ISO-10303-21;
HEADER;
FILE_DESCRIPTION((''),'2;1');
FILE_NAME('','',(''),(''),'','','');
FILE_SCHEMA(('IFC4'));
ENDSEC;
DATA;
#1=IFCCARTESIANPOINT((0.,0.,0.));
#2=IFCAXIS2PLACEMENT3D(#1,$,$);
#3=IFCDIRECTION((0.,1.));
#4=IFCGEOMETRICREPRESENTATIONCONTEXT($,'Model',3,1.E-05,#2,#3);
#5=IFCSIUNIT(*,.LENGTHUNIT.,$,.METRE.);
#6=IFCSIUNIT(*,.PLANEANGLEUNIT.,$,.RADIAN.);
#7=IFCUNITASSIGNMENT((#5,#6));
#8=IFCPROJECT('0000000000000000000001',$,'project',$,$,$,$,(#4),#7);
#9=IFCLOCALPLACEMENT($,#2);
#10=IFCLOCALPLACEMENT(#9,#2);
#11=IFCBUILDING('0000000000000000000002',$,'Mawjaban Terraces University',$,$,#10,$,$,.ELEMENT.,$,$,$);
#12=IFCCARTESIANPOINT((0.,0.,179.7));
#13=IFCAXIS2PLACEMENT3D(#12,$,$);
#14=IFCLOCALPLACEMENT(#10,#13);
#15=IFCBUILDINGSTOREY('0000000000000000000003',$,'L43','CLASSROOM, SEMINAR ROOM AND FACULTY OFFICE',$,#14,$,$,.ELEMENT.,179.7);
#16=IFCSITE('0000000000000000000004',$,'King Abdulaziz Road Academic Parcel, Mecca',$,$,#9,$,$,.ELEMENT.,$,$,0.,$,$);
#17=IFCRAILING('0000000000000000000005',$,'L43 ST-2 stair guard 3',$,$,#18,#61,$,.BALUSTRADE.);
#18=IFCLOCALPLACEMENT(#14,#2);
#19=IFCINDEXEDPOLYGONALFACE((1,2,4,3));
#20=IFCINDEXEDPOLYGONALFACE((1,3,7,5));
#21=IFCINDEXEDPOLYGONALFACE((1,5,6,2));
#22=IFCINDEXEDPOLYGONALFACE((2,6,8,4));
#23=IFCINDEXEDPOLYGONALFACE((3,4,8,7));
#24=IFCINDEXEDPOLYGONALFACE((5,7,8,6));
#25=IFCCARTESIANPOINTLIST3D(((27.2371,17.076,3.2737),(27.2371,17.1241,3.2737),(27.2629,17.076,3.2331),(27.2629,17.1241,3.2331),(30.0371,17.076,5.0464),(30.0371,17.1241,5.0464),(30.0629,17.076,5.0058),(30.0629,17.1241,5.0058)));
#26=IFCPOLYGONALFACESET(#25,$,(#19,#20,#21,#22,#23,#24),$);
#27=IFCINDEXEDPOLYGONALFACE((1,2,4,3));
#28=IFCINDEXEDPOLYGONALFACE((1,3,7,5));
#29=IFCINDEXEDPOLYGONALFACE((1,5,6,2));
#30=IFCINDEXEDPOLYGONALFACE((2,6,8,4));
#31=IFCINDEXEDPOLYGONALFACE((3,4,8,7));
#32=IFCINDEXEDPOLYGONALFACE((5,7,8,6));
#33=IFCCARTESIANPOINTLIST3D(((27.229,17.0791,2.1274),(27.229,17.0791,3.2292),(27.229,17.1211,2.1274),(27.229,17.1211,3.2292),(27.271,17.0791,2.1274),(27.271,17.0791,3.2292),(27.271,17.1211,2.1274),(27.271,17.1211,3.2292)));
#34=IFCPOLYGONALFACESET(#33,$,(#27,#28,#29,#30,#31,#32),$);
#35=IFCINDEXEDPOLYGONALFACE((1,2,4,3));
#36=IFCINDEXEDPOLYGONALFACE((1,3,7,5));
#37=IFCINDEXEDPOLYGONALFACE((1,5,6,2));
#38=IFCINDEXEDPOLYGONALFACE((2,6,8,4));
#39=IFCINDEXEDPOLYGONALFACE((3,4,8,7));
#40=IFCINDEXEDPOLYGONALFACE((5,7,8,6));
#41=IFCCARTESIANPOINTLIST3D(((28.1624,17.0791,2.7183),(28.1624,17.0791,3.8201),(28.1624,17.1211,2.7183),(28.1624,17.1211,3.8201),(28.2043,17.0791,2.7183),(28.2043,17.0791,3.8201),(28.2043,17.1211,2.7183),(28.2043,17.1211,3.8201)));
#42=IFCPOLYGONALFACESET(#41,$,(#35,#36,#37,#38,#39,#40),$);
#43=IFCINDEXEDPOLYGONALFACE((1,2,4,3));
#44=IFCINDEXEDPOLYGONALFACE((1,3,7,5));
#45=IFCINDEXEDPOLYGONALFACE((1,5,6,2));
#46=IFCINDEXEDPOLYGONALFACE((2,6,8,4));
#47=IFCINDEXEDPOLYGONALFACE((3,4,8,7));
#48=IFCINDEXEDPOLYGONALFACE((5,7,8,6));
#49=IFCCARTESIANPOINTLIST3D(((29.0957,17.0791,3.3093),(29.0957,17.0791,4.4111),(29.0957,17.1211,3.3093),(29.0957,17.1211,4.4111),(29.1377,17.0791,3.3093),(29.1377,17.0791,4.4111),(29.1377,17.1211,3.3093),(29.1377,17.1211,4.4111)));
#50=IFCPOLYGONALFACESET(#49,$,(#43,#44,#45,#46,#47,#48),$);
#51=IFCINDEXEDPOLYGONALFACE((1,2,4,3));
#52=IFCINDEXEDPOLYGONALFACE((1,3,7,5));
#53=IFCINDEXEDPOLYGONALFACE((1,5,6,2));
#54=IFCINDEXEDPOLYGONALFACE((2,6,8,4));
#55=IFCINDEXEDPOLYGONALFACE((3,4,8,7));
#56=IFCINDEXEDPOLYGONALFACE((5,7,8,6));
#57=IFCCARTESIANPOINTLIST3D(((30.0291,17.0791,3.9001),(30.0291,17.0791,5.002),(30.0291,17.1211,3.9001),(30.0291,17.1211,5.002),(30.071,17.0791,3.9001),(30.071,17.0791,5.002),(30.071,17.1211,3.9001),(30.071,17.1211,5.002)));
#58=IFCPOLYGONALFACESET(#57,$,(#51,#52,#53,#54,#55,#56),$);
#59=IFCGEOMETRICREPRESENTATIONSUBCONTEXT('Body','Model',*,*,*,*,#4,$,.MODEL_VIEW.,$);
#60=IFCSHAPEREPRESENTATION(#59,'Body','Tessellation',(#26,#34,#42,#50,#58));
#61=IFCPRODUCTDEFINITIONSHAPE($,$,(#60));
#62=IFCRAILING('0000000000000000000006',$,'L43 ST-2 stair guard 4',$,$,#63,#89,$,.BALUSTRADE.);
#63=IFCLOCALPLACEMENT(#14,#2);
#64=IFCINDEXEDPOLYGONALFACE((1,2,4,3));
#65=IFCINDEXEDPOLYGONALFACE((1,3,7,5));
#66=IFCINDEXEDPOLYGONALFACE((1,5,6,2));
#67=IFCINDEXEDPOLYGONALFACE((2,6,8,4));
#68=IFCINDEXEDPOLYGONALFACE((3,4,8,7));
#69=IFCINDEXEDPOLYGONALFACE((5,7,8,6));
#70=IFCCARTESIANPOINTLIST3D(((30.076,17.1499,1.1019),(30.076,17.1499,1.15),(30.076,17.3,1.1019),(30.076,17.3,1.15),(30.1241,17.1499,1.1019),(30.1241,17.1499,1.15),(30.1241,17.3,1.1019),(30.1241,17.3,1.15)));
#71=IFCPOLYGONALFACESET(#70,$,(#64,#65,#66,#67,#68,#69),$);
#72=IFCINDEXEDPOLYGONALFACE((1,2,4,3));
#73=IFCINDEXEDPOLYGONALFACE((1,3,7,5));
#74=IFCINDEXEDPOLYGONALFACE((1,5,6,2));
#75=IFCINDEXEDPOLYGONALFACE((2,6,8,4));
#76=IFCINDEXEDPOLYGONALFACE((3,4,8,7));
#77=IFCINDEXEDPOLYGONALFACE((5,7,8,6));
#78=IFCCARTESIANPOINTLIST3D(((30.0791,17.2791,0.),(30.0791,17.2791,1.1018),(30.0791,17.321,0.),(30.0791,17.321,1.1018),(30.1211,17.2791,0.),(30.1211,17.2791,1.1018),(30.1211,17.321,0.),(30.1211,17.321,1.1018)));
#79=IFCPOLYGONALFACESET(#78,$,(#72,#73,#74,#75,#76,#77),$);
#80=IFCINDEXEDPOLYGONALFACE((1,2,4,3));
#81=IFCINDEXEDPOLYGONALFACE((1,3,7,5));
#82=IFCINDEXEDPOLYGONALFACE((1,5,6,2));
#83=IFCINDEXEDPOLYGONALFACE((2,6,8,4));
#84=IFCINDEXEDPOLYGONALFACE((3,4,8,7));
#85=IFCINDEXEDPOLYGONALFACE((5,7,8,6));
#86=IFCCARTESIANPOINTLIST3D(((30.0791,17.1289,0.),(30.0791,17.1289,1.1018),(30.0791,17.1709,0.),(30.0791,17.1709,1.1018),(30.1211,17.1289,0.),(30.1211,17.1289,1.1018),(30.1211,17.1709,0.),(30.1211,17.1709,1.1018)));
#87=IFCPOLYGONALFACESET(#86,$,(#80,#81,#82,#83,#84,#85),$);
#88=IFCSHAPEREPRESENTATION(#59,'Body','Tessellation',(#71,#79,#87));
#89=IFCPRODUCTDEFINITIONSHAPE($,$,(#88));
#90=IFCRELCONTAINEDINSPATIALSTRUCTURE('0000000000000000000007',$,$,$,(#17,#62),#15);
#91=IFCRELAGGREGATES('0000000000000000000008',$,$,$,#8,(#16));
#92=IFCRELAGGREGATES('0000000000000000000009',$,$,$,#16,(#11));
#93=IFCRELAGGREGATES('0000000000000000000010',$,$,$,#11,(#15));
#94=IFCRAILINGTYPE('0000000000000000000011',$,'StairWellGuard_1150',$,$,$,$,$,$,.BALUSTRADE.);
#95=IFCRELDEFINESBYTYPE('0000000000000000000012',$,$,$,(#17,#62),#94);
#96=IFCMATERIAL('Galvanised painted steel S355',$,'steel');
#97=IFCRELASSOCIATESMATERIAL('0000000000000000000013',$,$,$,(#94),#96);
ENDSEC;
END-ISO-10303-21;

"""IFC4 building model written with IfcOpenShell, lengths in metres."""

from ifc_helpers import new_model, si_unit, direction, frame, origin, origin_2d, place, context, subcontext, project, spatial, rectangle, extrude, material, type_object, element, save


model = new_model("IFC4")

# Units and contexts
model_context = context("Model", 3, precision=1e-05, world=origin(), true_north=direction((0.0, 1.0)))
body_context = subcontext(model_context, "Body", "Model", "MODEL_VIEW")
ifc_project = project(units=[si_unit("LENGTHUNIT", "METRE"), si_unit("PLANEANGLEUNIT", "RADIAN")], contexts=[model_context])

# Site, building, storey
site_placement = place(None, origin())
site = spatial("IfcSite", under=ifc_project, at=site_placement, Name="King Abdulaziz Road Academic Parcel, Mecca", CompositionType="ELEMENT", RefElevation=0.0)
building_placement = place(site_placement, origin())
building = spatial("IfcBuilding", under=site, at=building_placement, Name="Mawjaban Terraces University", CompositionType="ELEMENT")
storey_placement = place(building_placement, frame((0.0, 0.0, 179.7)))
storey = spatial("IfcBuildingStorey", under=building, at=storey_placement, Name="L43", Description="CLASSROOM, SEMINAR ROOM AND FACULTY OFFICE", CompositionType="ELEMENT", Elevation=179.7)

# Railings
ifc_material_1 = material(Name="Galvanised painted steel S355", Category="steel")
railing_type_1 = type_object("IfcRailingType", Name="StairWellGuard_1150", PredefinedType="BALUSTRADE", material=ifc_material_1)
railing_1_placement = place(storey_placement, frame((27.25, 17.1001, 2.1274)))
element("IfcRailing", 1, at=railing_1_placement, inside=storey, type_object=railing_type_1, Name="L43 ST-2 stair guard 3", PredefinedType="BALUSTRADE", context=body_context, shape_type="SweptSolid", body=[
    extrude(rectangle(XDim=0.0481, YDim=0.0481, at=origin_2d()), frame((0.0, 0.0, 1.126), z_axis=(0.844909, 0.0, 0.53491), x_axis=(0.0, 1.0, 0.0)), (0.0, 0.0, 1.0), 3.314),
    extrude(rectangle(XDim=0.042, YDim=0.042, at=origin_2d()), origin(), (0.0, 0.0, 1.0), 1.1018),
    extrude(rectangle(XDim=0.042, YDim=0.042, at=origin_2d()), frame((0.9333, 0.0, 0.5908)), (0.0, 0.0, 1.0), 1.1018),
    extrude(rectangle(XDim=0.042, YDim=0.042, at=origin_2d()), frame((1.8667, 0.0, 1.1819)), (0.0, 0.0, 1.0), 1.1018),
    extrude(rectangle(XDim=0.042, YDim=0.042, at=origin_2d()), frame((2.8, 0.0, 1.7727)), (0.0, 0.0, 1.0), 1.1018),
])
railing_2_placement = place(storey_placement, frame((30.1001, 17.3, 0.0)))
element("IfcRailing", 2, at=railing_2_placement, inside=storey, type_object=railing_type_1, Name="L43 ST-2 stair guard 4", PredefinedType="BALUSTRADE", context=body_context, shape_type="SweptSolid", body=[
    extrude(rectangle(XDim=0.0481, YDim=0.0481, at=origin_2d()), frame((0.0, 0.0, 1.126), z_axis=(0.0, -1.0, 0.0), x_axis=(1.0, 0.0, 0.0)), (0.0, 0.0, 1.0), 0.1501),
    extrude(rectangle(XDim=0.042, YDim=0.042, at=origin_2d()), origin(), (0.0, 0.0, 1.0), 1.1018),
    extrude(rectangle(XDim=0.042, YDim=0.042, at=origin_2d()), frame((0.0, -0.1501, 0.0)), (0.0, 0.0, 1.0), 1.1018),
])

save(model, "model.ifc")
